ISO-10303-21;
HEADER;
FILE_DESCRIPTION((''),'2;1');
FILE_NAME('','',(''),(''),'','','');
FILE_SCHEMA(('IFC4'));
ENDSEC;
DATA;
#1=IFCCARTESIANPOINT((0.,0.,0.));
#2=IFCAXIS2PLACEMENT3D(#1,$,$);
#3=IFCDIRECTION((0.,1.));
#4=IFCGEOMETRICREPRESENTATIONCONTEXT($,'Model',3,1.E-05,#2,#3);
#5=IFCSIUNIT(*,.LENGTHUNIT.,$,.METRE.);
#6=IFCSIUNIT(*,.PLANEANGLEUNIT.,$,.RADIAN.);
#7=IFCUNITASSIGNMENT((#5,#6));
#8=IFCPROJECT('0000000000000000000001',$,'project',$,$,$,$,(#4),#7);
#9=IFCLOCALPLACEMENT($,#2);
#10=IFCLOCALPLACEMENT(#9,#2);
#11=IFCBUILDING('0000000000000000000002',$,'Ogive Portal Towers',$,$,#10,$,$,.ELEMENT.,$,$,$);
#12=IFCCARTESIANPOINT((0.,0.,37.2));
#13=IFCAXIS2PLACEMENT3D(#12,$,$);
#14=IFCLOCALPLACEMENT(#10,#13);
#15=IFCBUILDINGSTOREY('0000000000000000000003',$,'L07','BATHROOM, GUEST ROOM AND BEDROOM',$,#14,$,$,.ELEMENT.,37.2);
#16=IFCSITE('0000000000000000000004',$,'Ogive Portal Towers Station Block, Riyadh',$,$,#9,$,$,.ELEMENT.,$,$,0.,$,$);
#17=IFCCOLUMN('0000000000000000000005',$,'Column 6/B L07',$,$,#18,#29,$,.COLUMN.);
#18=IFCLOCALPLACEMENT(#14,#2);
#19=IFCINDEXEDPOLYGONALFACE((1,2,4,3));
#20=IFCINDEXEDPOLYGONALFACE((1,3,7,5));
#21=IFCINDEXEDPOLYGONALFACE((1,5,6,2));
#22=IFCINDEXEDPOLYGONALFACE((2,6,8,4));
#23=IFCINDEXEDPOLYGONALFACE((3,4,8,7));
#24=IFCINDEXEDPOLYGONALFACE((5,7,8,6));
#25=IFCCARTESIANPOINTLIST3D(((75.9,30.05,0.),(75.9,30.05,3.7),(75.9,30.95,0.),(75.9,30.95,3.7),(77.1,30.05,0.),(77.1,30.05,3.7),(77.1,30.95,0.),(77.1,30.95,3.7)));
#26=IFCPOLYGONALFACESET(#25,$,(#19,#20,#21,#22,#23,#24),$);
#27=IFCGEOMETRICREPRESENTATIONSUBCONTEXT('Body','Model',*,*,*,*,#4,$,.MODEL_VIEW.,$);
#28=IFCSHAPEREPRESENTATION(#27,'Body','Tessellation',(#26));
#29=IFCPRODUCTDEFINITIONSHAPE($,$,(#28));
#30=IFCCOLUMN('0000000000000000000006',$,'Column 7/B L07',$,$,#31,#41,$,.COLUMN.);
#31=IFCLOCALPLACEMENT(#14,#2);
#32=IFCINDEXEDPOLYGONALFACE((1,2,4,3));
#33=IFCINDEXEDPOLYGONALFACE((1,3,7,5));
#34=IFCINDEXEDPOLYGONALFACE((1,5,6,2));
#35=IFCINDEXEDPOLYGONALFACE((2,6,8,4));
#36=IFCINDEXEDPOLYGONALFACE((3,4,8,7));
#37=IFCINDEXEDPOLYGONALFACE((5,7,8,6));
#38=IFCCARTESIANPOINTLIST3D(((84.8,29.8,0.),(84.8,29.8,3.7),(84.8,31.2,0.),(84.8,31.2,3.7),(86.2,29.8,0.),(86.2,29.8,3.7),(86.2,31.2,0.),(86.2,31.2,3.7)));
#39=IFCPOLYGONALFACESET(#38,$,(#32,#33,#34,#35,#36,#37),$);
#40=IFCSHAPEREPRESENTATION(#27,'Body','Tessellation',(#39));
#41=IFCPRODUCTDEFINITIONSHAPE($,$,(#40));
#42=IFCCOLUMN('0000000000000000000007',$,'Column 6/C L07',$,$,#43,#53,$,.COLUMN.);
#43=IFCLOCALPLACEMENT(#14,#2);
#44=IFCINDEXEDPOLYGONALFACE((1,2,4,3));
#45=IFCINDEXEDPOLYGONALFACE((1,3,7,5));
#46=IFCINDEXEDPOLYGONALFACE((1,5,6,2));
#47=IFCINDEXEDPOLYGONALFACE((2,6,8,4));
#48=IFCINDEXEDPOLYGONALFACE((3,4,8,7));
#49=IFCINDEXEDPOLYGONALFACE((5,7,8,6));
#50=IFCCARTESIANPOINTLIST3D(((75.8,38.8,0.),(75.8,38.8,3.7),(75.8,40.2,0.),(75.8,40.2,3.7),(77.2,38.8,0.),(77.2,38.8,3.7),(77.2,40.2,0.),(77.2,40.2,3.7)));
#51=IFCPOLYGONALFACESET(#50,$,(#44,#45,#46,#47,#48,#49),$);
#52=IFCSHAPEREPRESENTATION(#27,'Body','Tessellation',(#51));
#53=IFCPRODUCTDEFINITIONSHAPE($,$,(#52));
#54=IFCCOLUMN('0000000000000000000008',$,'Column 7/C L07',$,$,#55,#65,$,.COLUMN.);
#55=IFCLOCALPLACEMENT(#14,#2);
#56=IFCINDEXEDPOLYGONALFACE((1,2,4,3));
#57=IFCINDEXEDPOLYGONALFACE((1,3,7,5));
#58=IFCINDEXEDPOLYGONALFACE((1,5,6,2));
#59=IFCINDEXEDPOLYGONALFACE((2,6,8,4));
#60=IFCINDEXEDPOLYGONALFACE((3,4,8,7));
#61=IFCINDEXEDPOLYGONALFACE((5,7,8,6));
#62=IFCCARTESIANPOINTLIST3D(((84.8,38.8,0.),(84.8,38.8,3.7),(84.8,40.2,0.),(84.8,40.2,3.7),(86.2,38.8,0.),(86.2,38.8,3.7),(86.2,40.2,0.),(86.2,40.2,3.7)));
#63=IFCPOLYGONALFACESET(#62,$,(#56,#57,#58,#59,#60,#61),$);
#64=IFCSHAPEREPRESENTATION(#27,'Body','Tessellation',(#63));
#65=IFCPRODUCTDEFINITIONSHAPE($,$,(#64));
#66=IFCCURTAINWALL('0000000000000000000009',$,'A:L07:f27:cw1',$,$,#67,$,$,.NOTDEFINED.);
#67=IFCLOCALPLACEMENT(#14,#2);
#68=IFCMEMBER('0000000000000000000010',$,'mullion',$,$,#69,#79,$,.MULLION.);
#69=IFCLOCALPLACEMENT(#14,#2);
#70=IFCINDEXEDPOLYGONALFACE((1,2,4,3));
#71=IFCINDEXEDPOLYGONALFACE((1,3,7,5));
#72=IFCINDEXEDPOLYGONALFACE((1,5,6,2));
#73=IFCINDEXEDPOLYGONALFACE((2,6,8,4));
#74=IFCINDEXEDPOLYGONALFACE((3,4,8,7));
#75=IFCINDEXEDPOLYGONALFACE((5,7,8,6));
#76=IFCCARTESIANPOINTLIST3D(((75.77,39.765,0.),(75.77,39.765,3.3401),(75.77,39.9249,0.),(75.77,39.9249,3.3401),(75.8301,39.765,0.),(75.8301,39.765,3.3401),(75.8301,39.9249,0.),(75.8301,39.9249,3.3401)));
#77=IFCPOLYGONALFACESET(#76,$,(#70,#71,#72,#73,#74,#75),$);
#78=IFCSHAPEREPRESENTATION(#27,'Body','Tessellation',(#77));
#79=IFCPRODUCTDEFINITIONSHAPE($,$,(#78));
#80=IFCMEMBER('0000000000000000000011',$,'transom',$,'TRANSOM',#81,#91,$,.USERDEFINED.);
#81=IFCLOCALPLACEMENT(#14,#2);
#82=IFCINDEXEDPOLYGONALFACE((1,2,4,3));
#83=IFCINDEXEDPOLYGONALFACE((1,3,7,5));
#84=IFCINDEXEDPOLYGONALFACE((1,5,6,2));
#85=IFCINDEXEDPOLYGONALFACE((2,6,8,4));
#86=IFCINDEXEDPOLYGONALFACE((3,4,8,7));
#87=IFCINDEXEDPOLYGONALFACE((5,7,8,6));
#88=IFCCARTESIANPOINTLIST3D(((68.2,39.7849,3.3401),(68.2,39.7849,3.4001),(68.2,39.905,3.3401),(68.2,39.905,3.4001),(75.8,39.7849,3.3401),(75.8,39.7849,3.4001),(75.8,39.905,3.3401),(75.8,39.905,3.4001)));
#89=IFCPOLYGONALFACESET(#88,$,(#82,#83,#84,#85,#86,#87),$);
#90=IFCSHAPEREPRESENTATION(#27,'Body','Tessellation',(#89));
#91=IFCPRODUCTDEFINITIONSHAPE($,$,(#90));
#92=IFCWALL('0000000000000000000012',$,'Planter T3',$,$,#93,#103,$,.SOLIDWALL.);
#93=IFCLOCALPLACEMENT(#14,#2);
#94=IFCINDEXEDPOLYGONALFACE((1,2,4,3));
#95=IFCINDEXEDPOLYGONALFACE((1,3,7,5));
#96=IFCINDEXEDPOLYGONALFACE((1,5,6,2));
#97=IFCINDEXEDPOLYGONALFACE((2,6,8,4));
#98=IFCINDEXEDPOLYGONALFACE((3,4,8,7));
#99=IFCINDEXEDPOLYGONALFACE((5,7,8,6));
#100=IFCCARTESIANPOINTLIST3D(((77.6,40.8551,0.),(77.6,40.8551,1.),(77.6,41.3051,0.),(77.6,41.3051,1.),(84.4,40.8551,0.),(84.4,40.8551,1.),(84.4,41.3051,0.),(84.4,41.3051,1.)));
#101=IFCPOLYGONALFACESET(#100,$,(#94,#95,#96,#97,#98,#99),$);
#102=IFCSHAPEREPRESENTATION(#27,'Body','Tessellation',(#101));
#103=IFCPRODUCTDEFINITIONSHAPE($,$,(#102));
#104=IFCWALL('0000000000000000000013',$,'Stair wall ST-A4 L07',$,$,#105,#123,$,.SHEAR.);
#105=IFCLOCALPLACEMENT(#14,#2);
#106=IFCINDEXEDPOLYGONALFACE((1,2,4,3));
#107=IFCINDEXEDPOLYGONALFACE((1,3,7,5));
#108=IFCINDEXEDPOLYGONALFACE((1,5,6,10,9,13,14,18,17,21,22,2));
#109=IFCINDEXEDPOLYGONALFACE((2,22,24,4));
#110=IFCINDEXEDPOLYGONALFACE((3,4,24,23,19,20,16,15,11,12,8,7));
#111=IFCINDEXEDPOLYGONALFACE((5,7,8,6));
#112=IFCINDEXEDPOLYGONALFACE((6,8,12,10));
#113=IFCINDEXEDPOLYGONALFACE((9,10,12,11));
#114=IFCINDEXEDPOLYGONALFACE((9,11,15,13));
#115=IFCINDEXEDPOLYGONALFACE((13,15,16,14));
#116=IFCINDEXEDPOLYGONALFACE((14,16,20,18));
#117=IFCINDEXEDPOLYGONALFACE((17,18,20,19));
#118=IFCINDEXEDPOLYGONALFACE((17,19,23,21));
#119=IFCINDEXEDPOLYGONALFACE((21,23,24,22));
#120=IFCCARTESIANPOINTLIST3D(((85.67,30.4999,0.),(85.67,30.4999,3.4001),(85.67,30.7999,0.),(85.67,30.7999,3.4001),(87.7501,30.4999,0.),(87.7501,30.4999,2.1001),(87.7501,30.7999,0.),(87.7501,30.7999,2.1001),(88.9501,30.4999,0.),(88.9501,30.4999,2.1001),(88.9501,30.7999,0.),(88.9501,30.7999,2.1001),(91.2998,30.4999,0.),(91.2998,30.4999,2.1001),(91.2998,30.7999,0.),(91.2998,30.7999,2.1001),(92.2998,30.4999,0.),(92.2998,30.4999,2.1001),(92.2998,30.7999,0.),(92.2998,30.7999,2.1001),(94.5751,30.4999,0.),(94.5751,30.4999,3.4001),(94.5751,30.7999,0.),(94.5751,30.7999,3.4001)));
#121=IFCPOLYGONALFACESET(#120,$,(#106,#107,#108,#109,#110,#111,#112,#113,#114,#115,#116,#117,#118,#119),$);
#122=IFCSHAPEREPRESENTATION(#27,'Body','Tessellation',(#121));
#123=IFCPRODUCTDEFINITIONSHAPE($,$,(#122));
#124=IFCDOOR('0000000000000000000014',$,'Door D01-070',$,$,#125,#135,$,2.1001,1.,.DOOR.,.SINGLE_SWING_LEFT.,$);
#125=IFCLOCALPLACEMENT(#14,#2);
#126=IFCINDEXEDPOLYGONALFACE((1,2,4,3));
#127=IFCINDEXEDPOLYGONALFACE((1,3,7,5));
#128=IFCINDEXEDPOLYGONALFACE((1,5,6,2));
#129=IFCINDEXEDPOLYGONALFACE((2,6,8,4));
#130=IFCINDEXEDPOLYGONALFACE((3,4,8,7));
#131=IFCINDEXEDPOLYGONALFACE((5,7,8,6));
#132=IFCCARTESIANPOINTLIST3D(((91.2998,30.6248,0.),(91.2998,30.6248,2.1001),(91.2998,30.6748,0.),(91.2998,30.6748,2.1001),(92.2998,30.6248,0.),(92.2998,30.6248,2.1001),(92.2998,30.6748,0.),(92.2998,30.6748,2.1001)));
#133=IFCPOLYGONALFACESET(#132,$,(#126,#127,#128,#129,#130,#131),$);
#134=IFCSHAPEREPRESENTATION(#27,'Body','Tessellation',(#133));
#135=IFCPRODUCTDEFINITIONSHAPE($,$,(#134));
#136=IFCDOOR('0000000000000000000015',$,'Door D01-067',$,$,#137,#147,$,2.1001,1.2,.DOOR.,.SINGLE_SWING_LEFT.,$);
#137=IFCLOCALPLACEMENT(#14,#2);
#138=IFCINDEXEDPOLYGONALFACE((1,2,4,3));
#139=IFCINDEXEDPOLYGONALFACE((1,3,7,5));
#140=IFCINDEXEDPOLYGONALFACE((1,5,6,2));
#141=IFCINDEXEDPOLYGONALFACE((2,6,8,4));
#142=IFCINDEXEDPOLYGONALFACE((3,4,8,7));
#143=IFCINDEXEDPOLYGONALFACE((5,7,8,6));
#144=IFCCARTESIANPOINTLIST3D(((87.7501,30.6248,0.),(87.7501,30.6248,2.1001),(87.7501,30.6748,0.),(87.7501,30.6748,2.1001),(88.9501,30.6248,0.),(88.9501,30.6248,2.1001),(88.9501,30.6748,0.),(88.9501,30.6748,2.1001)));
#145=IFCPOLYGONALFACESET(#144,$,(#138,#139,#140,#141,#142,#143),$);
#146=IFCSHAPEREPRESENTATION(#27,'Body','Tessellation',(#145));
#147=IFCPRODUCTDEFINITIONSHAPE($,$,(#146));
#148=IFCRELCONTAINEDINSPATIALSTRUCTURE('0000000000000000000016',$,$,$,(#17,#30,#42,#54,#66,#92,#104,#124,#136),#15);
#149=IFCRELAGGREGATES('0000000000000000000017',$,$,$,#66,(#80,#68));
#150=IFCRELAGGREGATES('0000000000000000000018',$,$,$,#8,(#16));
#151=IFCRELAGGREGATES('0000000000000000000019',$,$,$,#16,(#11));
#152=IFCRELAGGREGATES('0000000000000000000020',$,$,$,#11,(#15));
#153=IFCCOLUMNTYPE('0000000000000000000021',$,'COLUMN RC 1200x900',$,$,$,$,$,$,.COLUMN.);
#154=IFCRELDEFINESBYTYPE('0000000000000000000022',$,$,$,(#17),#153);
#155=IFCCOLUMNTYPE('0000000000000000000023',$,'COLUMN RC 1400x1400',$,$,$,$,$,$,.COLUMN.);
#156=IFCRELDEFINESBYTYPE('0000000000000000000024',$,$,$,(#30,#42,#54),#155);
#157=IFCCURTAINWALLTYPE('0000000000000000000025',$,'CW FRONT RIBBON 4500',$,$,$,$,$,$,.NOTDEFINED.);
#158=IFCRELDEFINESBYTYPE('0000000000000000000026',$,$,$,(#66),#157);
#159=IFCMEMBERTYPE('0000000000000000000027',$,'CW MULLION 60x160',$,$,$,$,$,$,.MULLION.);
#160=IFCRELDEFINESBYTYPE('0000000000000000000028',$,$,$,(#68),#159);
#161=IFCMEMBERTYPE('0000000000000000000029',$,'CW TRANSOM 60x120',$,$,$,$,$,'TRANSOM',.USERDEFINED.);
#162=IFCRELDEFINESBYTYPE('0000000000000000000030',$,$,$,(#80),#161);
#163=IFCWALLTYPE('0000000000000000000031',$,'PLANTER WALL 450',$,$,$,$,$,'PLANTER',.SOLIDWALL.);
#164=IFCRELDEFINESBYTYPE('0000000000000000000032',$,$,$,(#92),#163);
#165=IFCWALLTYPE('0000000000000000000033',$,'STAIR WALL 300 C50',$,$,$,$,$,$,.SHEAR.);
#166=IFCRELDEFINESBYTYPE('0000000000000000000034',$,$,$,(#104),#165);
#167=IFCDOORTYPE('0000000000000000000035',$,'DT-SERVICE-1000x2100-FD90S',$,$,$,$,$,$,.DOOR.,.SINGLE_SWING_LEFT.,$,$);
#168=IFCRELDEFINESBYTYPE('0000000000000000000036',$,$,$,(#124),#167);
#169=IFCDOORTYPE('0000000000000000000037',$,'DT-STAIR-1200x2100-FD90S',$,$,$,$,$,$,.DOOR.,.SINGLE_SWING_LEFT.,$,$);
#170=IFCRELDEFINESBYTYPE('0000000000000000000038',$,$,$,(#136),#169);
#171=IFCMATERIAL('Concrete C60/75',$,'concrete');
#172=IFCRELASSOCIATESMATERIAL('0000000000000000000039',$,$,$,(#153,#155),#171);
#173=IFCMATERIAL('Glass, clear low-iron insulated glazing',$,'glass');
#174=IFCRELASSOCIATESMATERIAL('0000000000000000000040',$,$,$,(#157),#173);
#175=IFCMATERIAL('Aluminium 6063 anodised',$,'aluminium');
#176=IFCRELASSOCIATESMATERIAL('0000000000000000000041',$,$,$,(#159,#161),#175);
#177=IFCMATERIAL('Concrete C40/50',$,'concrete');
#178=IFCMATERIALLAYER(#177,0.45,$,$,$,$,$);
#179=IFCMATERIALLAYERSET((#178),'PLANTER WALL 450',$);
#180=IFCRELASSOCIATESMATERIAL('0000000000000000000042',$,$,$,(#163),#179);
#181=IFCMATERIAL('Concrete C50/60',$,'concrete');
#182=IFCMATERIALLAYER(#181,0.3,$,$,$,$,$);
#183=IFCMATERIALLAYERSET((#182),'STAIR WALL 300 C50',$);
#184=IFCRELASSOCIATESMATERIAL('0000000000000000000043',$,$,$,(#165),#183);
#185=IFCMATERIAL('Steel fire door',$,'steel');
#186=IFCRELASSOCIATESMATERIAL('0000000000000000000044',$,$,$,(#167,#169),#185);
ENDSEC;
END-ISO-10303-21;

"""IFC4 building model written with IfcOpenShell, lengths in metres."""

from ifc_helpers import new_model, si_unit, direction, frame, frame_2d, origin, origin_2d, place, context, subcontext, project, spatial, rectangle, extrude, material, layer, layer_set, material_profile, profile_set, type_object, element, fill, aggregate, save


model = new_model("IFC4")

# Units and contexts
model_context = context("Model", 3, precision=1e-05, world=origin(), true_north=direction((0.0, 1.0)))
body_context = subcontext(model_context, "Body", "Model", "MODEL_VIEW")
ifc_project = project(units=[si_unit("LENGTHUNIT", "METRE"), si_unit("PLANEANGLEUNIT", "RADIAN")], contexts=[model_context])

# Site, building, storey
site_placement = place(None, origin())
site = spatial("IfcSite", under=ifc_project, at=site_placement, Name="Ogive Portal Towers Station Block, Riyadh", CompositionType="ELEMENT", RefElevation=0.0)
building_placement = place(site_placement, origin())
building = spatial("IfcBuilding", under=site, at=building_placement, Name="Ogive Portal Towers", CompositionType="ELEMENT")
storey_placement = place(building_placement, frame((0.0, 0.0, 37.2)))
storey = spatial("IfcBuildingStorey", under=building, at=storey_placement, Name="L07", Description="BATHROOM, GUEST ROOM AND BEDROOM", CompositionType="ELEMENT", Elevation=37.2)

# Columns
ifc_material_1 = material(Name="Concrete C60/75", Category="concrete")
ifc_material_profile_1 = material_profile(ifc_material_1, rectangle(XDim=1.2, YDim=0.8999, at=origin_2d()), Name="RC 1200x900")
ifc_profile_set_1 = profile_set([ifc_material_profile_1], Name="Concrete C60/75")
column_type_1 = type_object("IfcColumnType", Name="COLUMN RC 1200x900", PredefinedType="COLUMN", material=ifc_profile_set_1)
column_placement = place(storey_placement, frame((76.5, 30.5, 0.0), z_axis=(0.0, 0.0, 1.0), x_axis=(1.0, 0.0, 0.0)))
element("IfcColumn", 1, at=column_placement, inside=storey, type_object=column_type_1, Name="Column 6/B L07", PredefinedType="COLUMN", context=body_context, shape_type="SweptSolid", body=[
    extrude(rectangle(XDim=1.2, YDim=0.8999, at=origin_2d()), origin(), (0.0, 0.0, 1.0), 3.7),
])
ifc_material_profile_2 = material_profile(ifc_material_1, rectangle(XDim=1.3999, YDim=1.3999, at=origin_2d()), Name="RC 1400x1400")
ifc_profile_set_2 = profile_set([ifc_material_profile_2], Name="Concrete C60/75")
column_type_2 = type_object("IfcColumnType", Name="COLUMN RC 1400x1400", PredefinedType="COLUMN", material=ifc_profile_set_2)
for number, where, z_axis, x_axis, name in (
    (2, (85.5, 30.5, 0.0), (0.0, 0.0, 1.0), (1.0, 0.0, 0.0), "Column 7/B L07"),
    (3, (76.5, 39.5, 0.0), (0.0, 0.0, 1.0), (1.0, 0.0, 0.0), "Column 6/C L07"),
    (4, (85.5, 39.5, 0.0), (0.0, 0.0, 1.0), (1.0, 0.0, 0.0), "Column 7/C L07"),
):
    element("IfcColumn", number, at=place(storey_placement, frame(where, z_axis=z_axis, x_axis=x_axis)), inside=storey, type_object=column_type_2, Name=name, PredefinedType="COLUMN", context=body_context, shape_type="SweptSolid", body=[
        extrude(rectangle(XDim=1.3999, YDim=1.3999, at=origin_2d()), origin(), (0.0, 0.0, 1.0), 3.7),
    ])

# Curtain wall, members
ifc_material_2 = material(Name="Glass, clear low-iron insulated glazing", Category="glass")
curtain_wall_type = type_object("IfcCurtainWallType", Name="CW FRONT RIBBON 4500", PredefinedType="NOTDEFINED", material=ifc_material_2)
curtain_wall_placement = place(storey_placement, origin())
curtain_wall = element("IfcCurtainWall", 5, at=curtain_wall_placement, inside=storey, type_object=curtain_wall_type, Name="A:L07:f27:cw1", PredefinedType="NOTDEFINED")
ifc_material_3 = material(Name="Aluminium 6063 anodised", Category="aluminium")
ifc_material_profile_3 = material_profile(ifc_material_3, rectangle(XDim=0.1599, YDim=0.0601, at=origin_2d()), Name="AL 60x160")
ifc_profile_set_3 = profile_set([ifc_material_profile_3], Name="Aluminium 6063 anodised")
member_type_1 = type_object("IfcMemberType", Name="CW MULLION 60x160", PredefinedType="MULLION", material=ifc_profile_set_3)
member_1_placement = place(storey_placement, frame((75.8, 39.845, 0.0), z_axis=(0.0, 0.0, 1.0), x_axis=(0.0, -1.0, 0.0)))
member_1 = element("IfcMember", 6, at=member_1_placement, type_object=member_type_1, Name="mullion", PredefinedType="MULLION", context=body_context, shape_type="SweptSolid", body=[
    extrude(rectangle(XDim=0.1599, YDim=0.0601, at=origin_2d()), origin(), (0.0, 0.0, 1.0), 3.3401),
])
ifc_material_profile_4 = material_profile(ifc_material_3, rectangle(XDim=0.1201, YDim=0.0601, at=origin_2d()), Name="AL 120x60")
ifc_profile_set_4 = profile_set([ifc_material_profile_4], Name="Aluminium 6063 anodised")
member_type_2 = type_object("IfcMemberType", Name="CW TRANSOM 60x120", ElementType="TRANSOM", PredefinedType="USERDEFINED", material=ifc_profile_set_4)
member_2_placement = place(storey_placement, frame((75.8, 39.845, 3.3701), z_axis=(-1.0, 0.0, 0.0), x_axis=(0.0, -1.0, 0.0)))
member_2 = element("IfcMember", 7, at=member_2_placement, type_object=member_type_2, Name="transom", ObjectType="TRANSOM", PredefinedType="USERDEFINED", context=body_context, shape_type="SweptSolid", body=[
    extrude(rectangle(XDim=0.1201, YDim=0.0601, at=origin_2d()), origin(), (0.0, 0.0, 1.0), 7.6001),
])
aggregate(curtain_wall, [member_2, member_1])

# Wall
ifc_material_4 = material(Name="Concrete C40/50", Category="concrete")
ifc_layer_1 = layer(ifc_material_4, 0.45)
ifc_layer_set_1 = layer_set([ifc_layer_1], Name="PLANTER WALL 450")
wall_type_1 = type_object("IfcWallType", Name="PLANTER WALL 450", ElementType="PLANTER", PredefinedType="SOLIDWALL", material=ifc_layer_set_1)
wall_1_placement = place(storey_placement, frame((81.0, 41.0801, 0.0), z_axis=(0.0, 0.0, 1.0), x_axis=(1.0, 0.0, 0.0)))
element("IfcWall", 8, at=wall_1_placement, inside=storey, type_object=wall_type_1, Name="Planter T3", PredefinedType="SOLIDWALL", context=body_context, shape_type="SweptSolid", body=[
    extrude(rectangle(XDim=6.8, YDim=0.45, at=origin_2d()), origin(), (0.0, 0.0, 1.0), 1.0),
])

# Wall, openings, doors
ifc_material_5 = material(Name="Concrete C50/60", Category="concrete")
ifc_layer_2 = layer(ifc_material_5, 0.3)
ifc_layer_set_2 = layer_set([ifc_layer_2], Name="STAIR WALL 300 C50")
wall_type_2 = type_object("IfcWallType", Name="STAIR WALL 300 C50", PredefinedType="SHEAR", material=ifc_layer_set_2)
wall_2_placement = place(storey_placement, frame((85.6699, 30.6499, 0.0), z_axis=(0.0, 0.0, 1.0), x_axis=(1.0, 0.0, 0.0)))
wall_2 = element("IfcWall", 9, at=wall_2_placement, inside=storey, type_object=wall_type_2, Name="Stair wall ST-A4 L07", PredefinedType="SHEAR", context=body_context, shape_type="SweptSolid", body=[
    extrude(rectangle(XDim=8.905, YDim=0.3, at=frame_2d((4.4526, 0.0))), origin(), (0.0, 0.0, 1.0), 3.4001),
])
opening_1_placement = place(wall_2_placement, frame((2.0801, 0.0, 0.0)))
opening_1 = element("IfcOpeningElement", 10, at=opening_1_placement, cuts=wall_2, PredefinedType="OPENING", context=body_context, shape_type="SweptSolid", body=[
    extrude(rectangle(XDim=1.2, YDim=2.1001, at=frame_2d((0.6001, 1.05))), frame((0.0, 0.1602, 0.0), z_axis=(0.0, -1.0, 0.0), x_axis=(1.0, 0.0, 0.0)), (0.0, 0.0, 1.0), 0.3201),
])
opening_2_placement = place(wall_2_placement, frame((5.6299, 0.0, 0.0)))
opening_2 = element("IfcOpeningElement", 11, at=opening_2_placement, cuts=wall_2, PredefinedType="OPENING", context=body_context, shape_type="SweptSolid", body=[
    extrude(rectangle(XDim=1.0, YDim=2.1001, at=frame_2d((0.5, 1.05))), frame((0.0, 0.1602, 0.0), z_axis=(0.0, -1.0, 0.0), x_axis=(1.0, 0.0, 0.0)), (0.0, 0.0, 1.0), 0.3201),
])
ifc_material_6 = material(Name="Steel fire door", Category="steel")
door_type_1 = type_object("IfcDoorType", Name="DT-SERVICE-1000x2100-FD90S", OperationType="SINGLE_SWING_LEFT", PredefinedType="DOOR", material=ifc_material_6)
door_1_placement = place(opening_2_placement, origin())
door_1 = element("IfcDoor", 12, at=door_1_placement, inside=storey, type_object=door_type_1, Name="Door D01-070", OperationType="SINGLE_SWING_LEFT", OverallHeight=2.1001, OverallWidth=1.0, PredefinedType="DOOR", context=body_context, shape_type="SweptSolid", body=[
    extrude(rectangle(XDim=1.0, YDim=2.1001, at=frame_2d((0.5, 1.05))), frame((0.0, 0.0249, 0.0), z_axis=(0.0, -1.0, 0.0), x_axis=(1.0, 0.0, 0.0)), (0.0, 0.0, 1.0), 0.05),
])
fill(opening_2, door_1)
door_type_2 = type_object("IfcDoorType", Name="DT-STAIR-1200x2100-FD90S", OperationType="SINGLE_SWING_LEFT", PredefinedType="DOOR", material=ifc_material_6)
door_2_placement = place(opening_1_placement, origin())
door_2 = element("IfcDoor", 13, at=door_2_placement, inside=storey, type_object=door_type_2, Name="Door D01-067", OperationType="SINGLE_SWING_LEFT", OverallHeight=2.1001, OverallWidth=1.2, PredefinedType="DOOR", context=body_context, shape_type="SweptSolid", body=[
    extrude(rectangle(XDim=1.2, YDim=2.1001, at=frame_2d((0.6001, 1.05))), frame((0.0, 0.0249, 0.0), z_axis=(0.0, -1.0, 0.0), x_axis=(1.0, 0.0, 0.0)), (0.0, 0.0, 1.0), 0.05),
])
fill(opening_1, door_2)

save(model, "model.ifc")
